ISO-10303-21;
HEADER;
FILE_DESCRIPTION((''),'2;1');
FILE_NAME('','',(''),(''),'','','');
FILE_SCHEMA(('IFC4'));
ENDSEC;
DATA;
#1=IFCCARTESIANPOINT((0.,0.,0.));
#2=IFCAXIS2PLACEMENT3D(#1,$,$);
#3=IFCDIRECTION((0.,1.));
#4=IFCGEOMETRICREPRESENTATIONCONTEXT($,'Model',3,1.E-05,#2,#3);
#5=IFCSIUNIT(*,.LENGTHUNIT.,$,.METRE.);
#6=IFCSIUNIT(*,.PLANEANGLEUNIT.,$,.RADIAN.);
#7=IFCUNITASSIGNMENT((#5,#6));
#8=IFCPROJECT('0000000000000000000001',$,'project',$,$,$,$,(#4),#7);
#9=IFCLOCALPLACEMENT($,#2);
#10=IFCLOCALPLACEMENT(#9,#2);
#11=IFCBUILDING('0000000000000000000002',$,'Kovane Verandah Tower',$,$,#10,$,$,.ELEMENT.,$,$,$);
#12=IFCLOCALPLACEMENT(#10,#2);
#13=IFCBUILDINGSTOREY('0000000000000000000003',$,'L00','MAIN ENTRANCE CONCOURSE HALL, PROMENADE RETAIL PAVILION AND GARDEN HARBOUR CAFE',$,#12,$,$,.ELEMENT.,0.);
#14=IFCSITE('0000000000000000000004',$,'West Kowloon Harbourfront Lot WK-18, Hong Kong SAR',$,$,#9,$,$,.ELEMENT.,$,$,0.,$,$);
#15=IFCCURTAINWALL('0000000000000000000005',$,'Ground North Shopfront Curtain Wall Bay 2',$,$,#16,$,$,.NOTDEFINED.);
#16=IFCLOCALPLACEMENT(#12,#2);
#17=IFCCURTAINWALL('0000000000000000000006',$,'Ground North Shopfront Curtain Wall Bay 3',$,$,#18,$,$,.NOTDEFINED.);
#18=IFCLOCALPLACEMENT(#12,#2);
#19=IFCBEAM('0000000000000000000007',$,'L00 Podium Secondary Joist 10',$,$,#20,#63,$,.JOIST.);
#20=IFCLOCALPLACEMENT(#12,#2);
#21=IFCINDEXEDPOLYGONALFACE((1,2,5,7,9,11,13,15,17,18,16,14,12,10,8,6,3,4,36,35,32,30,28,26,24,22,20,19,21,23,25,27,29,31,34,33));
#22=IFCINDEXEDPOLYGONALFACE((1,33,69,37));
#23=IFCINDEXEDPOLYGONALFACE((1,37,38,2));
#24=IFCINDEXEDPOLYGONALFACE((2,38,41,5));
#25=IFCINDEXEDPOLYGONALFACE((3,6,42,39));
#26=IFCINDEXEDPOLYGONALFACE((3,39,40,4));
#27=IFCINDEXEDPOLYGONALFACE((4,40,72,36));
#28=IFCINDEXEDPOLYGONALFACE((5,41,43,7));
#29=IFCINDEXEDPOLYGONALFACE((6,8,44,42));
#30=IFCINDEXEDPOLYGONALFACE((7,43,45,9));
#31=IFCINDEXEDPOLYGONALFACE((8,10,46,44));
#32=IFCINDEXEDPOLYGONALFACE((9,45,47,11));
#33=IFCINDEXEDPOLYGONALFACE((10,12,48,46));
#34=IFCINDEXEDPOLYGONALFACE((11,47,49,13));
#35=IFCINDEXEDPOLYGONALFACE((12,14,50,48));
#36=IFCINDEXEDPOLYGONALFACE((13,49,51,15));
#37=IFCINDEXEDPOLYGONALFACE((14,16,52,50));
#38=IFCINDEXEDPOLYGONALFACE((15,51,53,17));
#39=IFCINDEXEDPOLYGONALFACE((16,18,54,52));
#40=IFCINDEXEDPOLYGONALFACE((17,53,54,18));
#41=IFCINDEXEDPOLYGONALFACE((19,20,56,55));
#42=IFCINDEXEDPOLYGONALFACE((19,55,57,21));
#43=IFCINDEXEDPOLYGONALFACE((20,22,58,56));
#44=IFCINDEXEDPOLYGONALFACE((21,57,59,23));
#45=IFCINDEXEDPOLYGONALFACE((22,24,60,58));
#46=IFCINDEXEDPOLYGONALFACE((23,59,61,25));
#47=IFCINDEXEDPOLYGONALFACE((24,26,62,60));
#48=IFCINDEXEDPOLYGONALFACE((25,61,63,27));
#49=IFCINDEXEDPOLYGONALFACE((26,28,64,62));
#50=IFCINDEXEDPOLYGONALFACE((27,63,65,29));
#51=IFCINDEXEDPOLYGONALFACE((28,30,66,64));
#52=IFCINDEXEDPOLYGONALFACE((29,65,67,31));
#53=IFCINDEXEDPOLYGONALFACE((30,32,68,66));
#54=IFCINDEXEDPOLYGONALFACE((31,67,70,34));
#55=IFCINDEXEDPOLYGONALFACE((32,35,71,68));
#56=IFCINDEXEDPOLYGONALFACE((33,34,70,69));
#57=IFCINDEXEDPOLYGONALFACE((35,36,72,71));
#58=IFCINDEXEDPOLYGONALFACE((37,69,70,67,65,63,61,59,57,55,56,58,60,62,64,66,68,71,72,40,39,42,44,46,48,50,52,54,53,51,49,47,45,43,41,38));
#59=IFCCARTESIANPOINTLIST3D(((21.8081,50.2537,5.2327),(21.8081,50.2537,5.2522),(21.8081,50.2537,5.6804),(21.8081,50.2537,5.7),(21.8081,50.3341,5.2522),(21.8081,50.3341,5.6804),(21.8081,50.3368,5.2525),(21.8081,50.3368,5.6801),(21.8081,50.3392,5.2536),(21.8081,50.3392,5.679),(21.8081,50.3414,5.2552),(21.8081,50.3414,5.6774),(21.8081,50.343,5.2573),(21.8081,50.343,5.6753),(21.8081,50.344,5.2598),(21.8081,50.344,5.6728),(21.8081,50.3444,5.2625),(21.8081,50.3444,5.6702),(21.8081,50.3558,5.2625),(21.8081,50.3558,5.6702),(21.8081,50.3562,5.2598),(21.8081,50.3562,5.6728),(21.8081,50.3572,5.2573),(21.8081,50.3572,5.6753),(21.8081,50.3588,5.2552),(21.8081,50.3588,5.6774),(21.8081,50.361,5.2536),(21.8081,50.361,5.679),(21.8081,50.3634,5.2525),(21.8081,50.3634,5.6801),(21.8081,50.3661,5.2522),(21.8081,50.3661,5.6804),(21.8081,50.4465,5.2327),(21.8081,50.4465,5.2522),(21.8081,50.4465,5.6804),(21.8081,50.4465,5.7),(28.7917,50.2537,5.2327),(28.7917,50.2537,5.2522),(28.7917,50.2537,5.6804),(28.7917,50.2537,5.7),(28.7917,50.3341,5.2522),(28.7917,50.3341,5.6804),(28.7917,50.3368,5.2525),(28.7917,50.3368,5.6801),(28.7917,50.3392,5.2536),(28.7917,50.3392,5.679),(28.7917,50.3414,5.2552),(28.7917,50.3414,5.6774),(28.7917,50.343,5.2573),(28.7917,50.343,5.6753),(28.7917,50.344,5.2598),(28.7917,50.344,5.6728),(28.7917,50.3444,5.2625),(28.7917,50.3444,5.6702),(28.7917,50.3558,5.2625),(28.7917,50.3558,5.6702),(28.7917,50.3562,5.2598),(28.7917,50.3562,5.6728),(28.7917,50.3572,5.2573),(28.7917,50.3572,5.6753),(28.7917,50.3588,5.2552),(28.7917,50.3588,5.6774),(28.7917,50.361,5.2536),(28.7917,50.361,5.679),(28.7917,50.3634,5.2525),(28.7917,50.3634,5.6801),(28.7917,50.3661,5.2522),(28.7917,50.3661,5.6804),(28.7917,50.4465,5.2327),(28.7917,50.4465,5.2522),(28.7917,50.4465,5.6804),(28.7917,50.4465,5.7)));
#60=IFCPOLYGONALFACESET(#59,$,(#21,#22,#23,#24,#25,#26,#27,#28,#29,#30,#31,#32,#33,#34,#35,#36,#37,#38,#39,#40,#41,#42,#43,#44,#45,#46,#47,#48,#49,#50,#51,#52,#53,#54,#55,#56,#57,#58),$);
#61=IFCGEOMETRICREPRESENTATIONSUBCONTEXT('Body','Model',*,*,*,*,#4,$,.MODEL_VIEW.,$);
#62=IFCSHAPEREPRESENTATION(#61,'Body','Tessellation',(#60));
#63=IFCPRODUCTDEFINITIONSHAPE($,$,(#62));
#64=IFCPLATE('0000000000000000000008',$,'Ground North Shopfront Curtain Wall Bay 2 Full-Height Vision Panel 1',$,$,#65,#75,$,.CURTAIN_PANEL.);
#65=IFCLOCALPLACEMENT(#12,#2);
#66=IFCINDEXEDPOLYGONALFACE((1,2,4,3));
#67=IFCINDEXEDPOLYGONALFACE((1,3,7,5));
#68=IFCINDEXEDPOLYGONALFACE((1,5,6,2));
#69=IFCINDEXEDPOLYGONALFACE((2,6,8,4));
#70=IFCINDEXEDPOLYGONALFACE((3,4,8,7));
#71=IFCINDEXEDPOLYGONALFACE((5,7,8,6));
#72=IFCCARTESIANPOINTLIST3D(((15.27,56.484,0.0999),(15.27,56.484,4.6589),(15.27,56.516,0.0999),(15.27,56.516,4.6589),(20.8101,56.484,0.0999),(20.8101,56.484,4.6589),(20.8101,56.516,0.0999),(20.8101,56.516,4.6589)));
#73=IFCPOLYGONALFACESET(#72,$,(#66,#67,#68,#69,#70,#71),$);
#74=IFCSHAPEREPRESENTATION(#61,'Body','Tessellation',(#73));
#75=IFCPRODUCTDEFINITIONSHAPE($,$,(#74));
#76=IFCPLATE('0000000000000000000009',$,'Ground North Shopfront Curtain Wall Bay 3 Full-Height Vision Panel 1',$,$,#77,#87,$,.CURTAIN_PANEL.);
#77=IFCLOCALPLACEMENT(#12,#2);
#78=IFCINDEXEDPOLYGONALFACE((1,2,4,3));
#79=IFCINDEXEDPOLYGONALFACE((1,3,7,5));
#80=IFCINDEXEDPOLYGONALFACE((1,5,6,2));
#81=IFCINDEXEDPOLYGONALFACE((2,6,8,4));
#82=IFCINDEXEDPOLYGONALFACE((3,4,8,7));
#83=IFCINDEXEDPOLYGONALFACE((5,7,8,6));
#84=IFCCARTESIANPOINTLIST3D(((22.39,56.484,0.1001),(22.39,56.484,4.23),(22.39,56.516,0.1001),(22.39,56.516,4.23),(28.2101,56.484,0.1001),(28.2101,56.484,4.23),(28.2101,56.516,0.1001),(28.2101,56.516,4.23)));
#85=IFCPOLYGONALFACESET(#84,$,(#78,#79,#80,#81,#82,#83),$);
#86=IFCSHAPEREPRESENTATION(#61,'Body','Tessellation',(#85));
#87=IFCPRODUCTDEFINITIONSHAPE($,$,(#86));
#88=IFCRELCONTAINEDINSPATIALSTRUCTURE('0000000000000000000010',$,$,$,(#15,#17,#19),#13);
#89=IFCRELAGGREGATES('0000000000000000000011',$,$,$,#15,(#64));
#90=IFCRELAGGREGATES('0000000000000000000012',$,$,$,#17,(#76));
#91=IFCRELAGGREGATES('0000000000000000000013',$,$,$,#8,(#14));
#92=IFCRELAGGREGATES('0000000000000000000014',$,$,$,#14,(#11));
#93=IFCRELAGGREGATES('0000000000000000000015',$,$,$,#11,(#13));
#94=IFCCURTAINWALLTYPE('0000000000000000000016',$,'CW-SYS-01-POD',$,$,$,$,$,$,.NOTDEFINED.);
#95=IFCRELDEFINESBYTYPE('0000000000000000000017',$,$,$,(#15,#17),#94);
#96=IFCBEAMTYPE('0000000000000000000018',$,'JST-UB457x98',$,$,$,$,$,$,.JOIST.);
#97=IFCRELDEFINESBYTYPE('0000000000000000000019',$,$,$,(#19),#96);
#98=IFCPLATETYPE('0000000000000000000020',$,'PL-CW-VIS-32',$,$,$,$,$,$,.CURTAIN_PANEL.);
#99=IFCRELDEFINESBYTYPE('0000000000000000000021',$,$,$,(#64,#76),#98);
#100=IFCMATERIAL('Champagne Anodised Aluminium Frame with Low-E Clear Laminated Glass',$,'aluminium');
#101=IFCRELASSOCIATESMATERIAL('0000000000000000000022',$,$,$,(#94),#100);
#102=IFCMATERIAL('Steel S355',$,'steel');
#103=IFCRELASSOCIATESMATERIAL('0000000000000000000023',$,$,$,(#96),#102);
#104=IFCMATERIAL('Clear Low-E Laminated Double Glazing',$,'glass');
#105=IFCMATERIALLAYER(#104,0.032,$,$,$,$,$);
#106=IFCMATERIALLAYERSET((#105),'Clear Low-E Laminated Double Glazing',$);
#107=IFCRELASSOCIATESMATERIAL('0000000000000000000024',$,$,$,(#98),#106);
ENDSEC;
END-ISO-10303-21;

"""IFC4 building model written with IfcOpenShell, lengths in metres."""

from ifc_helpers import new_model, si_unit, direction, frame, origin, origin_2d, place, context, subcontext, project, spatial, rectangle, i_section, extrude, material, layer, layer_set, material_profile, profile_set, type_object, element, aggregate, save


model = new_model("IFC4")

# Units and contexts
model_context = context("Model", 3, precision=1e-05, world=origin(), true_north=direction((0.0, 1.0)))
body_context = subcontext(model_context, "Body", "Model", "MODEL_VIEW")
ifc_project = project(units=[si_unit("LENGTHUNIT", "METRE"), si_unit("PLANEANGLEUNIT", "RADIAN")], contexts=[model_context])

# Site, building, storey
site_placement = place(None, origin())
site = spatial("IfcSite", under=ifc_project, at=site_placement, Name="West Kowloon Harbourfront Lot WK-18, Hong Kong SAR", CompositionType="ELEMENT", RefElevation=0.0)
building_placement = place(site_placement, origin())
building = spatial("IfcBuilding", under=site, at=building_placement, Name="Kovane Verandah Tower", CompositionType="ELEMENT")
storey_placement = place(building_placement, origin())
storey = spatial("IfcBuildingStorey", under=building, at=storey_placement, Name="L00", Description="MAIN ENTRANCE CONCOURSE HALL, PROMENADE RETAIL PAVILION AND GARDEN HARBOUR CAFE", CompositionType="ELEMENT", Elevation=0.0)

# Curtain wall
ifc_material_1 = material(Name="Champagne Anodised Aluminium Frame with Low-E Clear Laminated Glass", Category="aluminium")
curtain_wall_type = type_object("IfcCurtainWallType", Name="CW-SYS-01-POD", PredefinedType="NOTDEFINED", material=ifc_material_1)
curtain_wall_1_placement = place(storey_placement, origin())
curtain_wall_1 = element("IfcCurtainWall", 1, at=curtain_wall_1_placement, inside=storey, type_object=curtain_wall_type, Name="Ground North Shopfront Curtain Wall Bay 2", PredefinedType="NOTDEFINED")

# Curtain wall
curtain_wall_2_placement = place(storey_placement, origin())
curtain_wall_2 = element("IfcCurtainWall", 2, at=curtain_wall_2_placement, inside=storey, type_object=curtain_wall_type, Name="Ground North Shopfront Curtain Wall Bay 3", PredefinedType="NOTDEFINED")

# Beam
ifc_material_2 = material(Name="Steel S355", Category="steel")
ifc_material_profile_1 = material_profile(ifc_material_2, i_section(OverallWidth=0.1929, OverallDepth=0.4673, WebThickness=0.0115, FlangeThickness=0.0195, FilletRadius=0.0103, at=origin_2d()), Name="UB457x191x98")
ifc_profile_set_1 = profile_set([ifc_material_profile_1], Name="Steel S355")
beam_type_1 = type_object("IfcBeamType", Name="JST-UB457x98", PredefinedType="JOIST", material=ifc_profile_set_1)
beam_1_placement = place(storey_placement, frame((21.8081, 50.3501, 5.4663), z_axis=(1.0, 0.0, 0.0), x_axis=(0.0, 1.0, 0.0)))
element("IfcBeam", 3, at=beam_1_placement, inside=storey, type_object=beam_type_1, Name="L00 Podium Secondary Joist 10", PredefinedType="JOIST", context=body_context, shape_type="SweptSolid", body=[
    extrude(i_section(OverallWidth=0.1929, OverallDepth=0.4673, WebThickness=0.0115, FlangeThickness=0.0195, FilletRadius=0.0103, at=origin_2d()), origin(), (0.0, 0.0, 1.0), 6.9836),
])

# Plates
ifc_material_3 = material(Name="Clear Low-E Laminated Double Glazing", Category="glass")
ifc_layer = layer(ifc_material_3, 0.032)
ifc_layer_set = layer_set([ifc_layer], Name="Clear Low-E Laminated Double Glazing")
plate_type = type_object("IfcPlateType", Name="PL-CW-VIS-32", PredefinedType="CURTAIN_PANEL", material=ifc_layer_set)
plate_1_placement = place(storey_placement, frame((18.04, 56.5, 0.0999), z_axis=(0.0, 0.0, 1.0), x_axis=(-1.0, 0.0, 0.0)))
plate_1 = element("IfcPlate", 4, at=plate_1_placement, type_object=plate_type, Name="Ground North Shopfront Curtain Wall Bay 2 Full-Height Vision Panel 1", PredefinedType="CURTAIN_PANEL", context=body_context, shape_type="SweptSolid", body=[
    extrude(rectangle(XDim=5.54, YDim=0.032, at=origin_2d()), origin(), (0.0, 0.0, 1.0), 4.5591),
])
aggregate(curtain_wall_1, [plate_1])
plate_2_placement = place(storey_placement, frame((25.3, 56.5, 0.1001), z_axis=(0.0, 0.0, 1.0), x_axis=(-1.0, 0.0, 0.0)))
plate_2 = element("IfcPlate", 5, at=plate_2_placement, type_object=plate_type, Name="Ground North Shopfront Curtain Wall Bay 3 Full-Height Vision Panel 1", PredefinedType="CURTAIN_PANEL", context=body_context, shape_type="SweptSolid", body=[
    extrude(rectangle(XDim=5.8201, YDim=0.032, at=origin_2d()), origin(), (0.0, 0.0, 1.0), 4.1299),
])
aggregate(curtain_wall_2, [plate_2])

save(model, "model.ifc")
